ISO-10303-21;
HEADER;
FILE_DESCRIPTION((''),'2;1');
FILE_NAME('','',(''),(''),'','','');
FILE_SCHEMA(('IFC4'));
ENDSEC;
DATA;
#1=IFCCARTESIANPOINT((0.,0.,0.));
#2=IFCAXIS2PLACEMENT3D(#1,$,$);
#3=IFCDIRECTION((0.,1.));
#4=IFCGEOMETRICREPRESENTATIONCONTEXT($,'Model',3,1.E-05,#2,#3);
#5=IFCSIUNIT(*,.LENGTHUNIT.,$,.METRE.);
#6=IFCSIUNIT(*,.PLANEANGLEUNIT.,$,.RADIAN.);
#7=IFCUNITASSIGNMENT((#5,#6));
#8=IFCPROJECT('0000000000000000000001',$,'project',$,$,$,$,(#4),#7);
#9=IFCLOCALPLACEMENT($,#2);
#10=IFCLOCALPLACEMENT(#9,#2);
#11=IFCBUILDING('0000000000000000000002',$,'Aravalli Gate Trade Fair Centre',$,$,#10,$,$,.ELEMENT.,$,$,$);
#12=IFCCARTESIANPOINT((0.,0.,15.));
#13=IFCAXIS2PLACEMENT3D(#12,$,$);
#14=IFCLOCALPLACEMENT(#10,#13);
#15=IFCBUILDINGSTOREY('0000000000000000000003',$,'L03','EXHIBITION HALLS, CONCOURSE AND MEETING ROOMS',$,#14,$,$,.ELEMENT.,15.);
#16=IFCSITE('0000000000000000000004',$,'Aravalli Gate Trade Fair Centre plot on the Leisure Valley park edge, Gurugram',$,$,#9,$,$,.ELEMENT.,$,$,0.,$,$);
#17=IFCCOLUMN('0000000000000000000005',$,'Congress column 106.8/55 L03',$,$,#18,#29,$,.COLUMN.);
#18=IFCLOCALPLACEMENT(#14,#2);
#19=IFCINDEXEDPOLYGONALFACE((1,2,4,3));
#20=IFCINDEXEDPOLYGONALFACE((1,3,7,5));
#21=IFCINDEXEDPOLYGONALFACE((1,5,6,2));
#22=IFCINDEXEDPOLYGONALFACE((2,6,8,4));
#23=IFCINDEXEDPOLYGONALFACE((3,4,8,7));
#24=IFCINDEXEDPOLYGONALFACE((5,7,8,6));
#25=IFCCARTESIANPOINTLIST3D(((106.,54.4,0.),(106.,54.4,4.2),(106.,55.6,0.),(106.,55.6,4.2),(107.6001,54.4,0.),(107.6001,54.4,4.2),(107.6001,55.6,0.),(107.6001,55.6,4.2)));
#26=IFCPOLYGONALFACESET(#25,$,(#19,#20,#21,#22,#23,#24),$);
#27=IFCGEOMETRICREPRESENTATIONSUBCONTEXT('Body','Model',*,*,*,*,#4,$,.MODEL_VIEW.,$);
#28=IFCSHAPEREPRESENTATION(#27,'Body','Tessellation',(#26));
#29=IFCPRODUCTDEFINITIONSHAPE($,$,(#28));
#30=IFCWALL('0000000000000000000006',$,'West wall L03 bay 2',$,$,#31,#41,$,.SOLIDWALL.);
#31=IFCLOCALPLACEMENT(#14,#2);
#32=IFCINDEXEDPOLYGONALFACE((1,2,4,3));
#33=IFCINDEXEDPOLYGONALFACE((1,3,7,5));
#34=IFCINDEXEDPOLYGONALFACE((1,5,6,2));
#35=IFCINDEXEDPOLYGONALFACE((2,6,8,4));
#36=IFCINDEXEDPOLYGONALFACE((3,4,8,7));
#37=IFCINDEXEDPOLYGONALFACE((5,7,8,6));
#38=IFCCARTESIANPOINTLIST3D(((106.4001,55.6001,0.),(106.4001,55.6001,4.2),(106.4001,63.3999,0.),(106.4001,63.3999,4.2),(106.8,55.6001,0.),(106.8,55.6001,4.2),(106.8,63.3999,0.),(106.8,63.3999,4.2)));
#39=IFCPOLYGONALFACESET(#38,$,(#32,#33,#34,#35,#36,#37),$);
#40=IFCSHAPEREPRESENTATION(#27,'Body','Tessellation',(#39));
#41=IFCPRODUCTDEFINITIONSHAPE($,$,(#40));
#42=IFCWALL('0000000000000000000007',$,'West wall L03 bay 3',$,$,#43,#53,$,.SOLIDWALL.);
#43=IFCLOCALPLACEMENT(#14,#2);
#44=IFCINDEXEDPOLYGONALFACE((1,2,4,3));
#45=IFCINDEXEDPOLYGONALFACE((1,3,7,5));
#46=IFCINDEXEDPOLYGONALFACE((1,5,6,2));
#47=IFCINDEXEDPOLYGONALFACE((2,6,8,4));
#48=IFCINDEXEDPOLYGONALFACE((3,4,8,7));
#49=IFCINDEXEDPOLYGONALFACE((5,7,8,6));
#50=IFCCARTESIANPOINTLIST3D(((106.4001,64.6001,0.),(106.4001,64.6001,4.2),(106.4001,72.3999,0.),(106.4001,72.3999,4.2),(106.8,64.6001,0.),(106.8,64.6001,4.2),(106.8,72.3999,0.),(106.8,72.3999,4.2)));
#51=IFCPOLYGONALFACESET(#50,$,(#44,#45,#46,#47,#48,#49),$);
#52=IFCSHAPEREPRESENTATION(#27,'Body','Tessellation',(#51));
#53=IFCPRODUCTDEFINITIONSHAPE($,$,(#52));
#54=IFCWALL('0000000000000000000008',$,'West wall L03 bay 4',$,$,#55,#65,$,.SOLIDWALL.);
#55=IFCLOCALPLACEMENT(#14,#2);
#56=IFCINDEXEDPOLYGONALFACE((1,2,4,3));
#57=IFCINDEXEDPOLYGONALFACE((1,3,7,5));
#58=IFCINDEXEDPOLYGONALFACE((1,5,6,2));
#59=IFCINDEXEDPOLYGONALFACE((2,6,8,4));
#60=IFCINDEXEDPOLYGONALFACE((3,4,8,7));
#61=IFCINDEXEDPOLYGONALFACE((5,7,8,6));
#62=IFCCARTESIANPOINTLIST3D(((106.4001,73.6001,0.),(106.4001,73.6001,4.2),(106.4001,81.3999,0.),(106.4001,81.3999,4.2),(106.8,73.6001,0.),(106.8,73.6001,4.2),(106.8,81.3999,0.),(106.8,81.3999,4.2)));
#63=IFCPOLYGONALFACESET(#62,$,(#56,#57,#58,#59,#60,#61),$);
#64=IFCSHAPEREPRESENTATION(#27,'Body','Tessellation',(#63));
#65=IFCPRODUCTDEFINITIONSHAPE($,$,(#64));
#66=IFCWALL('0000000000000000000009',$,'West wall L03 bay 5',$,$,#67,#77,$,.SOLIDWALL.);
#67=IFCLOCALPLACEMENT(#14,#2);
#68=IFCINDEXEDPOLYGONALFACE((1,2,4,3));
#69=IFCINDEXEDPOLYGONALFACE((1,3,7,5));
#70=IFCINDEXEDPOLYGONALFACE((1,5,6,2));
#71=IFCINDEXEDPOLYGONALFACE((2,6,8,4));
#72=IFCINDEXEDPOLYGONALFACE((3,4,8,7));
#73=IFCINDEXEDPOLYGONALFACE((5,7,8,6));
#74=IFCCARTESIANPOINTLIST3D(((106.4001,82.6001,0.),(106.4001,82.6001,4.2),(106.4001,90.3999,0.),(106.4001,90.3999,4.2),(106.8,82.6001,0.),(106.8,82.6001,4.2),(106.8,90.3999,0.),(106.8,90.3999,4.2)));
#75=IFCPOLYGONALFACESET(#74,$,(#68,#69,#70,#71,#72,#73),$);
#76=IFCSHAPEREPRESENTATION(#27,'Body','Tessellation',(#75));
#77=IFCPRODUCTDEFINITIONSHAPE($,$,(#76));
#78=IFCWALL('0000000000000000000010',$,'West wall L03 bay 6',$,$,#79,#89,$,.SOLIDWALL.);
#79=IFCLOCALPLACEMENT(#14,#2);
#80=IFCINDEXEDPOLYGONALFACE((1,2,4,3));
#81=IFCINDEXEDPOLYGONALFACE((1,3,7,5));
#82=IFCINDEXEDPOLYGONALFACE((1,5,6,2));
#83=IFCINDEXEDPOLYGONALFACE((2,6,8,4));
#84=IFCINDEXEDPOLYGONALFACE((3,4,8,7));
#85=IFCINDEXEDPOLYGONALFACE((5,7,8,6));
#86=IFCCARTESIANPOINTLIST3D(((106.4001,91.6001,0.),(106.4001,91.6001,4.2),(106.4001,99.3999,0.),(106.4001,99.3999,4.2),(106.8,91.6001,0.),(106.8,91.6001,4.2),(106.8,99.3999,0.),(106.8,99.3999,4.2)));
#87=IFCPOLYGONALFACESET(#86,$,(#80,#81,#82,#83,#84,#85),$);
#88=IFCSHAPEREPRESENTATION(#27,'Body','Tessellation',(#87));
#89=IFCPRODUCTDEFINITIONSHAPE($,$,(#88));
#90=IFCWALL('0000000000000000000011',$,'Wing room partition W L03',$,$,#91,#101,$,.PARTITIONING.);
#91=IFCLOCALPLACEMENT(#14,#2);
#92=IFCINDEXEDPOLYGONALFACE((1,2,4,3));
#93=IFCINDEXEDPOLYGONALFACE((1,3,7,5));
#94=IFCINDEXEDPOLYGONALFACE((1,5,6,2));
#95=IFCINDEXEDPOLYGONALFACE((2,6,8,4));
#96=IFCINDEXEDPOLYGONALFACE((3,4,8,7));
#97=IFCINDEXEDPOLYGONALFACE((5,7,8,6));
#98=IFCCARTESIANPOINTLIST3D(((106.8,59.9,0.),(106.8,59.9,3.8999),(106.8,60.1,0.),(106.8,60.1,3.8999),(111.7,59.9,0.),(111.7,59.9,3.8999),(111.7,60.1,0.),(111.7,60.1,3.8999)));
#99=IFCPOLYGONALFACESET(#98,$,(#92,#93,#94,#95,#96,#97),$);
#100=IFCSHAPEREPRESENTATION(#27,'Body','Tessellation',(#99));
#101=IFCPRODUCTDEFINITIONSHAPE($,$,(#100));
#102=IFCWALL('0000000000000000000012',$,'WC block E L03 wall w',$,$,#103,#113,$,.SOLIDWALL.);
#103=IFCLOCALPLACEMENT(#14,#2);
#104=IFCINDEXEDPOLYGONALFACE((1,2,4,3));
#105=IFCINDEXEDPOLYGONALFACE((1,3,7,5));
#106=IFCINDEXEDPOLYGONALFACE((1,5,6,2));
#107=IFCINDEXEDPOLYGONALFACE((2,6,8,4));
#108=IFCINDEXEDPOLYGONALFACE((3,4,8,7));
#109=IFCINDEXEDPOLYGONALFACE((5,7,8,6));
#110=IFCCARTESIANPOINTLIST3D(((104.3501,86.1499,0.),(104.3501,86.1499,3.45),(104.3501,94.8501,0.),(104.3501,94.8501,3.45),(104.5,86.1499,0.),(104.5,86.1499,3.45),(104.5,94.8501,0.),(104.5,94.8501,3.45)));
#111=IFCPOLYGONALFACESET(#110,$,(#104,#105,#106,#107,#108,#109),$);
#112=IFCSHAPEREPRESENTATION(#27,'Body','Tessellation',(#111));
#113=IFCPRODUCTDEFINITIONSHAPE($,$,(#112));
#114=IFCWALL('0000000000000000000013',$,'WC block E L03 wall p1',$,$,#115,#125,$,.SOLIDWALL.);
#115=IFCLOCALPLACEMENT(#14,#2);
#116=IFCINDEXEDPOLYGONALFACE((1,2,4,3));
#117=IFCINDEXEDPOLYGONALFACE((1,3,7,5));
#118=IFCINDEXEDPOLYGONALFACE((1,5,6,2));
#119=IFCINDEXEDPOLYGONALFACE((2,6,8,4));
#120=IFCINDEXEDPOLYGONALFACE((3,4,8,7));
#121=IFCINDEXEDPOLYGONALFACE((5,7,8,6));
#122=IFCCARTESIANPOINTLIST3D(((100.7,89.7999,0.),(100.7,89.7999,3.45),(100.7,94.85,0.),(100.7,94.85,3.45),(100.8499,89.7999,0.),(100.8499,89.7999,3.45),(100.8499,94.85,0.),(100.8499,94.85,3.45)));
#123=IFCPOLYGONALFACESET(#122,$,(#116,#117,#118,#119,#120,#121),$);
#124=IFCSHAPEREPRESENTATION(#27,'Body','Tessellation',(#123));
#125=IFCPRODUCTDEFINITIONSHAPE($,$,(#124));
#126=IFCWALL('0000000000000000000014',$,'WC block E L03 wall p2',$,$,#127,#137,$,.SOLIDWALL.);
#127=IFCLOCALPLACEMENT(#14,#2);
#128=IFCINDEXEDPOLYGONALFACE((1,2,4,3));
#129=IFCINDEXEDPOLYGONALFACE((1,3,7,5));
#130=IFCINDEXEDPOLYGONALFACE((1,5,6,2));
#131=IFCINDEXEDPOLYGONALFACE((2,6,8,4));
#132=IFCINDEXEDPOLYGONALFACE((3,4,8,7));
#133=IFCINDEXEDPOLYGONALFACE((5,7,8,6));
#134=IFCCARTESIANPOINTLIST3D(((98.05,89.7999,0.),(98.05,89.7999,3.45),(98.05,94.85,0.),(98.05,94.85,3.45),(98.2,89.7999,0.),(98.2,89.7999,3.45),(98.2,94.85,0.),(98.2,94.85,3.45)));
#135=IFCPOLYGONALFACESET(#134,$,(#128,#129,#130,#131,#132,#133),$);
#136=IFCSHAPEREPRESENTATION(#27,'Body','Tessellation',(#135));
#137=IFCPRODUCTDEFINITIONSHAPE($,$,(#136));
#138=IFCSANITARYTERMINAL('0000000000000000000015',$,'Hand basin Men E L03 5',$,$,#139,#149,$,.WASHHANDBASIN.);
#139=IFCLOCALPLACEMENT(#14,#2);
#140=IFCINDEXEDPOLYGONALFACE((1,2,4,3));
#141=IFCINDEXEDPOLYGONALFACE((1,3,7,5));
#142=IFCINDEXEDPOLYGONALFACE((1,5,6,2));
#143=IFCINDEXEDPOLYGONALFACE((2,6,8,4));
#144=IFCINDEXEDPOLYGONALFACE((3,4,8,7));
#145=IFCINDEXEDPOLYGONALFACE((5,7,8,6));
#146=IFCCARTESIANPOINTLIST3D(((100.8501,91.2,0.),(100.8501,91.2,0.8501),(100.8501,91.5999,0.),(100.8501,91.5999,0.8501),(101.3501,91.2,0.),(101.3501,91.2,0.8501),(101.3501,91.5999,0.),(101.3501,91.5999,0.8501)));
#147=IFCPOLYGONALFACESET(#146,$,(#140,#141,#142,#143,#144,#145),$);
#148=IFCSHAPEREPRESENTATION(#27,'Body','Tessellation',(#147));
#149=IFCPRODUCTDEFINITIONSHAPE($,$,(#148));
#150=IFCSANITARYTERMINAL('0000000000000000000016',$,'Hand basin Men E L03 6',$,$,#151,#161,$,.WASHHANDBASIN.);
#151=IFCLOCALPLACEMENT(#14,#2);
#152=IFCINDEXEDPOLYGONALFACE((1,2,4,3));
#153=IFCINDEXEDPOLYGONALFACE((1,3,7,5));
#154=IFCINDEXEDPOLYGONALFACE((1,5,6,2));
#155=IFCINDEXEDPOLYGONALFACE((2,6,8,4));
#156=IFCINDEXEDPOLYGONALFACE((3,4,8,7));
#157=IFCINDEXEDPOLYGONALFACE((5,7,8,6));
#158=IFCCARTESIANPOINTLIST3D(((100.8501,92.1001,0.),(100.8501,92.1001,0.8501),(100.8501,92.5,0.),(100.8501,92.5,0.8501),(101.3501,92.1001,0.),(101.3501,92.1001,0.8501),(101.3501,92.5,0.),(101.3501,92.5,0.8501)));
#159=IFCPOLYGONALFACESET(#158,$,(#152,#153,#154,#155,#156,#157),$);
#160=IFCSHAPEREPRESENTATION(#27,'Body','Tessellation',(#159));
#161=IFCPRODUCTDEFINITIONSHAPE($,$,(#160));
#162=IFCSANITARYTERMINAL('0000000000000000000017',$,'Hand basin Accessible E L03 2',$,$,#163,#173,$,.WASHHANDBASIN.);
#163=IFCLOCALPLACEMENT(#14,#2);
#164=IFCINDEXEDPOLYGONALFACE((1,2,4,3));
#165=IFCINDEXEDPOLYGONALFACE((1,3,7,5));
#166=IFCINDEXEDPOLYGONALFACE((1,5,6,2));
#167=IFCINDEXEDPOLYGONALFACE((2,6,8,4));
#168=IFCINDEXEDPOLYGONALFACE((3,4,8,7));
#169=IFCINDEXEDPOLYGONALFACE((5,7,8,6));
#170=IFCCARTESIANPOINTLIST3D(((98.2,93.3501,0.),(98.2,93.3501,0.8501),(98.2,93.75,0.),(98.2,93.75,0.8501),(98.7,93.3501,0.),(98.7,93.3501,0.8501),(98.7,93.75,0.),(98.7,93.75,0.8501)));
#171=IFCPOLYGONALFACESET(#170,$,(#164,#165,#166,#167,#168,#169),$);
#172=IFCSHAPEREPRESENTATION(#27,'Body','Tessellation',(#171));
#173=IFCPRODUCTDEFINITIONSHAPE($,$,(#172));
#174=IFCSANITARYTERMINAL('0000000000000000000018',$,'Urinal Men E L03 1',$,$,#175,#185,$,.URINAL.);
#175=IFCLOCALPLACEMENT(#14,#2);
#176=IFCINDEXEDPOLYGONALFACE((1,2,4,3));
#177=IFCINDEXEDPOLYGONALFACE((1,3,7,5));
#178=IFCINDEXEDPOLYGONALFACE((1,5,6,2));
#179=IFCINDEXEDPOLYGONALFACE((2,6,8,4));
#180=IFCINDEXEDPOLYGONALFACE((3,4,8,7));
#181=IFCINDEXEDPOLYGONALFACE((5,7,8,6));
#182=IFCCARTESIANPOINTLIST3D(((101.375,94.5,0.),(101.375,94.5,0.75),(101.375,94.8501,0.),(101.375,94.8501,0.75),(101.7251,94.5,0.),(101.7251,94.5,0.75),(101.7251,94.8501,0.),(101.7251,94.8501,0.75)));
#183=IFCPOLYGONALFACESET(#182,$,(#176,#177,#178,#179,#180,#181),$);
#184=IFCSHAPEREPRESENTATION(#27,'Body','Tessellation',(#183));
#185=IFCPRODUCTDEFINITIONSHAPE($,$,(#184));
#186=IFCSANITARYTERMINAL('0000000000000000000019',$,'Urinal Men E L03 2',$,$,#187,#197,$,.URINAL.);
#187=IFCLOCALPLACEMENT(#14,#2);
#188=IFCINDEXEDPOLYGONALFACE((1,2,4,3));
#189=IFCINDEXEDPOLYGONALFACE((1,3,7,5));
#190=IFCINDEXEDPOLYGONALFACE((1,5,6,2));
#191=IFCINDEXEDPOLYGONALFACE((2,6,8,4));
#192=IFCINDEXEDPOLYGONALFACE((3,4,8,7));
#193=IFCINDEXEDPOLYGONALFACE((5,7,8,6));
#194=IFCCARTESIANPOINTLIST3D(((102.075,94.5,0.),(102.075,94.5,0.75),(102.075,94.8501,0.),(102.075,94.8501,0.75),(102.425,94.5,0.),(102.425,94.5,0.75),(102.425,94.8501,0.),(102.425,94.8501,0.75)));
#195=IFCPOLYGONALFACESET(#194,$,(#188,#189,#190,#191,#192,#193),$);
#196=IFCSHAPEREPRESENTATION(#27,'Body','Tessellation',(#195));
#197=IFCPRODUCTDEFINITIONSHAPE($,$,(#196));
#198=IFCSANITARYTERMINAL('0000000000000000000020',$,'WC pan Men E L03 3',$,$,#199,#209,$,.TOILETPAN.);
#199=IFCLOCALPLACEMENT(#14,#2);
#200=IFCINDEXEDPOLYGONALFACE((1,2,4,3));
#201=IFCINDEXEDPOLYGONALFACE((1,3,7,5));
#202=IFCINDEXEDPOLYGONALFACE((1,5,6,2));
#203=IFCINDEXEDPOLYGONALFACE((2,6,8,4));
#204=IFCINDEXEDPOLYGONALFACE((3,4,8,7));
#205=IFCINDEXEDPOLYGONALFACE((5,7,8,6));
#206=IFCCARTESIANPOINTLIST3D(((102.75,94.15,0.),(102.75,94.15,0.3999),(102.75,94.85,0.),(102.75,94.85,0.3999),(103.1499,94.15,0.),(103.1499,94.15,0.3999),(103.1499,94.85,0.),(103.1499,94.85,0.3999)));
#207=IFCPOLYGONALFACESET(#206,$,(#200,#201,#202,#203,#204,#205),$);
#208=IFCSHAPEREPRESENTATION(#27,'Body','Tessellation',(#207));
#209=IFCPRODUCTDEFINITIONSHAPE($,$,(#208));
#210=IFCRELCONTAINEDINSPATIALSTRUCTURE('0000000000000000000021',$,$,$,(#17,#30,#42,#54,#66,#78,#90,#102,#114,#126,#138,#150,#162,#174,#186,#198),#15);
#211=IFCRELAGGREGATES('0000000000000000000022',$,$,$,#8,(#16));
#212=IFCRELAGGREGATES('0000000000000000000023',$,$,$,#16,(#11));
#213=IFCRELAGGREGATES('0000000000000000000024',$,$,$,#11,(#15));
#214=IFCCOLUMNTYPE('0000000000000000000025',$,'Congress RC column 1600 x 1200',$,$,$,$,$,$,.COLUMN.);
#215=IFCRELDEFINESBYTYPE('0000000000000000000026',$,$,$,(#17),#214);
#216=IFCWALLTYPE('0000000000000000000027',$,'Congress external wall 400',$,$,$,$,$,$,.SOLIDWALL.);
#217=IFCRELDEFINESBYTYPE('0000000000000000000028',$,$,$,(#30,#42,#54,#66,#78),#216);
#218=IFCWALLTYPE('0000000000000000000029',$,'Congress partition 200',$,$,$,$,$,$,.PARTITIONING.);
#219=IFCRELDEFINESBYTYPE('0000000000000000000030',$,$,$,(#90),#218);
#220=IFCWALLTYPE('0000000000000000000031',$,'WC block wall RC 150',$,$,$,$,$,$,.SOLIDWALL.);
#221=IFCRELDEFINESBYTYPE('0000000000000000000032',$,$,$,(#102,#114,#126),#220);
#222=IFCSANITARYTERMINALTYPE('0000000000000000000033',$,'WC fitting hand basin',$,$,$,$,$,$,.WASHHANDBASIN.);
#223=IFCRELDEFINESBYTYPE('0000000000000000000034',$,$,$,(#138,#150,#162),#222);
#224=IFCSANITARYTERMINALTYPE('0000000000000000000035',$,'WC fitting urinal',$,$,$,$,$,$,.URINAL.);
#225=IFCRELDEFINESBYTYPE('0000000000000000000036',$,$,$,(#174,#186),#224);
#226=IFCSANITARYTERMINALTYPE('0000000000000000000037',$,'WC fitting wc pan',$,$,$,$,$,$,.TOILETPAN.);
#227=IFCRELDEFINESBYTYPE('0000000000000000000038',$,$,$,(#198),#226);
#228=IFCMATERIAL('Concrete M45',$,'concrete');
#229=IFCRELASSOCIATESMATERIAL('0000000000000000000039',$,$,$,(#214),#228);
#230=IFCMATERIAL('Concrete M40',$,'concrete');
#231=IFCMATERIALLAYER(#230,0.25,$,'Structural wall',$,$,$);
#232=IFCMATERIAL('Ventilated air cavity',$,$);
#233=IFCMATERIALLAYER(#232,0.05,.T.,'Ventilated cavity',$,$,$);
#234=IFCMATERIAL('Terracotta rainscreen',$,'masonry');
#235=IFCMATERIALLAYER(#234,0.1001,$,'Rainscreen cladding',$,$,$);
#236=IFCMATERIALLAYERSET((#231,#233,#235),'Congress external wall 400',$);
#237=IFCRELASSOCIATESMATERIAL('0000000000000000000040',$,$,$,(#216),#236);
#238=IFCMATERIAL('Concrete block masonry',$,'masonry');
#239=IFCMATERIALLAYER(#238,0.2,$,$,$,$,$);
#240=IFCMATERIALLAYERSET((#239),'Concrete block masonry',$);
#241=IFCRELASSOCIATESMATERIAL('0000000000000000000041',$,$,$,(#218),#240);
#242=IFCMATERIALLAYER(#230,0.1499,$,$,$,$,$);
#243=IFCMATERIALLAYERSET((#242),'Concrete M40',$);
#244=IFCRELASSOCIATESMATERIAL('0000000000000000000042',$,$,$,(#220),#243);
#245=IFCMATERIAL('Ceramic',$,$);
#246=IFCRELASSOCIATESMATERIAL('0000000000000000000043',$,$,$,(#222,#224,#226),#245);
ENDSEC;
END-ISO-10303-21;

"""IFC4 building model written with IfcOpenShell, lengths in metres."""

from ifc_helpers import new_model, si_unit, direction, frame, frame_2d, origin, origin_2d, place, context, subcontext, project, spatial, rectangle, extrude, material, layer, layer_set, material_profile, profile_set, type_object, element, save


model = new_model("IFC4")

# Units and contexts
model_context = context("Model", 3, precision=1e-05, world=origin(), true_north=direction((0.0, 1.0)))
body_context = subcontext(model_context, "Body", "Model", "MODEL_VIEW")
ifc_project = project(units=[si_unit("LENGTHUNIT", "METRE"), si_unit("PLANEANGLEUNIT", "RADIAN")], contexts=[model_context])

# Site, building, storey
site_placement = place(None, origin())
site = spatial("IfcSite", under=ifc_project, at=site_placement, Name="Aravalli Gate Trade Fair Centre plot on the Leisure Valley park edge, Gurugram", CompositionType="ELEMENT", RefElevation=0.0)
building_placement = place(site_placement, origin())
building = spatial("IfcBuilding", under=site, at=building_placement, Name="Aravalli Gate Trade Fair Centre", CompositionType="ELEMENT")
storey_placement = place(building_placement, frame((0.0, 0.0, 15.0)))
storey = spatial("IfcBuildingStorey", under=building, at=storey_placement, Name="L03", Description="EXHIBITION HALLS, CONCOURSE AND MEETING ROOMS", CompositionType="ELEMENT", Elevation=15.0)

# Column
ifc_material_1 = material(Name="Concrete M45", Category="concrete")
ifc_material_profile = material_profile(ifc_material_1, rectangle(XDim=1.6001, YDim=1.2, at=origin_2d()), Name="RC 1600x1200")
ifc_profile_set = profile_set([ifc_material_profile], Name="Concrete M45")
column_type = type_object("IfcColumnType", Name="Congress RC column 1600 x 1200", PredefinedType="COLUMN", material=ifc_profile_set)
column_placement = place(storey_placement, frame((106.8, 55.0, 0.0), z_axis=(0.0, 0.0, 1.0), x_axis=(1.0, 0.0, 0.0)))
element("IfcColumn", 1, at=column_placement, inside=storey, type_object=column_type, Name="Congress column 106.8/55 L03", PredefinedType="COLUMN", context=body_context, shape_type="SweptSolid", body=[
    extrude(rectangle(XDim=1.6001, YDim=1.2, at=origin_2d()), origin(), (0.0, 0.0, 1.0), 4.2),
])

# Walls
ifc_material_2 = material(Name="Concrete M40", Category="concrete")
ifc_layer_1 = layer(ifc_material_2, 0.25, Name="Structural wall")
ifc_material_3 = material(Name="Ventilated air cavity")
ifc_layer_2 = layer(ifc_material_3, 0.05, ventilated=True, Name="Ventilated cavity")
ifc_material_4 = material(Name="Terracotta rainscreen", Category="masonry")
ifc_layer_3 = layer(ifc_material_4, 0.1001, Name="Rainscreen cladding")
ifc_layer_set_1 = layer_set([ifc_layer_1, ifc_layer_2, ifc_layer_3], Name="Congress external wall 400")
wall_type_1 = type_object("IfcWallType", Name="Congress external wall 400", PredefinedType="SOLIDWALL", material=ifc_layer_set_1)
for number, where, z_axis, x_axis, name in (
    (2, (106.6001, 55.6001, 0.0), (0.0, 0.0, 1.0), (0.0, 1.0, 0.0), "West wall L03 bay 2"),
    (3, (106.6001, 64.6001, 0.0), (0.0, 0.0, 1.0), (0.0, 1.0, 0.0), "West wall L03 bay 3"),
    (4, (106.6001, 73.6001, 0.0), (0.0, 0.0, 1.0), (0.0, 1.0, 0.0), "West wall L03 bay 4"),
    (5, (106.6001, 82.6001, 0.0), (0.0, 0.0, 1.0), (0.0, 1.0, 0.0), "West wall L03 bay 5"),
    (6, (106.6001, 91.6001, 0.0), (0.0, 0.0, 1.0), (0.0, 1.0, 0.0), "West wall L03 bay 6"),
):
    element("IfcWall", number, at=place(storey_placement, frame(where, z_axis=z_axis, x_axis=x_axis)), inside=storey, type_object=wall_type_1, Name=name, PredefinedType="SOLIDWALL", context=body_context, shape_type="SweptSolid", body=[
        extrude(rectangle(XDim=7.7998, YDim=0.3999, at=frame_2d((3.8999, 0.0))), origin(), (0.0, 0.0, 1.0), 4.2),
    ])
ifc_material_5 = material(Name="Concrete block masonry", Category="masonry")
ifc_layer_4 = layer(ifc_material_5, 0.2)
ifc_layer_set_2 = layer_set([ifc_layer_4], Name="Concrete block masonry")
wall_type_2 = type_object("IfcWallType", Name="Congress partition 200", PredefinedType="PARTITIONING", material=ifc_layer_set_2)
wall_1_placement = place(storey_placement, frame((106.8, 60.0, 0.0), z_axis=(0.0, 0.0, 1.0), x_axis=(1.0, 0.0, 0.0)))
element("IfcWall", 7, at=wall_1_placement, inside=storey, type_object=wall_type_2, Name="Wing room partition W L03", PredefinedType="PARTITIONING", context=body_context, shape_type="SweptSolid", body=[
    extrude(rectangle(XDim=4.8999, YDim=0.2, at=frame_2d((2.45, 0.0))), origin(), (0.0, 0.0, 1.0), 3.8999),
])
ifc_layer_5 = layer(ifc_material_2, 0.1499)
ifc_layer_set_3 = layer_set([ifc_layer_5], Name="Concrete M40")
wall_type_3 = type_object("IfcWallType", Name="WC block wall RC 150", PredefinedType="SOLIDWALL", material=ifc_layer_set_3)
wall_2_placement = place(storey_placement, frame((104.425, 86.1499, 0.0), z_axis=(0.0, 0.0, 1.0), x_axis=(0.0, 1.0, 0.0)))
element("IfcWall", 8, at=wall_2_placement, inside=storey, type_object=wall_type_3, Name="WC block E L03 wall w", PredefinedType="SOLIDWALL", context=body_context, shape_type="SweptSolid", body=[
    extrude(rectangle(XDim=8.7002, YDim=0.1499, at=frame_2d((4.3501, 0.0))), origin(), (0.0, 0.0, 1.0), 3.45),
])
for number, where, z_axis, x_axis, name in (
    (9, (100.7749, 89.8, 0.0), (0.0, 0.0, 1.0), (0.0, 1.0, 0.0), "WC block E L03 wall p1"),
    (10, (98.125, 89.8, 0.0), (0.0, 0.0, 1.0), (0.0, 1.0, 0.0), "WC block E L03 wall p2"),
):
    element("IfcWall", number, at=place(storey_placement, frame(where, z_axis=z_axis, x_axis=x_axis)), inside=storey, type_object=wall_type_3, Name=name, PredefinedType="SOLIDWALL", context=body_context, shape_type="SweptSolid", body=[
        extrude(rectangle(XDim=5.05, YDim=0.1499, at=frame_2d((2.5249, 0.0))), origin(), (0.0, 0.0, 1.0), 3.45),
    ])

# Sanitary terminals
ifc_material_6 = material(Name="Ceramic")
sanitary_terminal_type_1 = type_object("IfcSanitaryTerminalType", Name="WC fitting hand basin", PredefinedType="WASHHANDBASIN", material=ifc_material_6)
for number, where, z_axis, x_axis, name in (
    (11, (101.1001, 91.3999, 0.0), (0.0, 0.0, 1.0), (1.0, 0.0, 0.0), "Hand basin Men E L03 5"),
    (12, (101.1001, 92.3, 0.0), (0.0, 0.0, 1.0), (1.0, 0.0, 0.0), "Hand basin Men E L03 6"),
    (13, (98.45, 93.55, 0.0), (0.0, 0.0, 1.0), (1.0, 0.0, 0.0), "Hand basin Accessible E L03 2"),
):
    element("IfcSanitaryTerminal", number, at=place(storey_placement, frame(where, z_axis=z_axis, x_axis=x_axis)), inside=storey, type_object=sanitary_terminal_type_1, Name=name, PredefinedType="WASHHANDBASIN", context=body_context, shape_type="SweptSolid", body=[
        extrude(rectangle(XDim=0.5, YDim=0.3999, at=origin_2d()), origin(), (0.0, 0.0, 1.0), 0.8501),
    ])
sanitary_terminal_type_2 = type_object("IfcSanitaryTerminalType", Name="WC fitting urinal", PredefinedType="URINAL", material=ifc_material_6)
for number, where, z_axis, x_axis, name in (
    (14, (101.55, 94.675, 0.0), (0.0, 0.0, 1.0), (1.0, 0.0, 0.0), "Urinal Men E L03 1"),
    (15, (102.25, 94.675, 0.0), (0.0, 0.0, 1.0), (1.0, 0.0, 0.0), "Urinal Men E L03 2"),
):
    element("IfcSanitaryTerminal", number, at=place(storey_placement, frame(where, z_axis=z_axis, x_axis=x_axis)), inside=storey, type_object=sanitary_terminal_type_2, Name=name, PredefinedType="URINAL", context=body_context, shape_type="SweptSolid", body=[
        extrude(rectangle(XDim=0.3501, YDim=0.3501, at=origin_2d()), origin(), (0.0, 0.0, 1.0), 0.75),
    ])
sanitary_terminal_type_3 = type_object("IfcSanitaryTerminalType", Name="WC fitting wc pan", PredefinedType="TOILETPAN", material=ifc_material_6)
for number, where, z_axis, x_axis, name in (
    (16, (102.95, 94.5, 0.0), (0.0, 0.0, 1.0), (1.0, 0.0, 0.0), "WC pan Men E L03 3"),
):
    element("IfcSanitaryTerminal", number, at=place(storey_placement, frame(where, z_axis=z_axis, x_axis=x_axis)), inside=storey, type_object=sanitary_terminal_type_3, Name=name, PredefinedType="TOILETPAN", context=body_context, shape_type="SweptSolid", body=[
        extrude(rectangle(XDim=0.3999, YDim=0.7, at=origin_2d()), origin(), (0.0, 0.0, 1.0), 0.3999),
    ])

save(model, "model.ifc")
